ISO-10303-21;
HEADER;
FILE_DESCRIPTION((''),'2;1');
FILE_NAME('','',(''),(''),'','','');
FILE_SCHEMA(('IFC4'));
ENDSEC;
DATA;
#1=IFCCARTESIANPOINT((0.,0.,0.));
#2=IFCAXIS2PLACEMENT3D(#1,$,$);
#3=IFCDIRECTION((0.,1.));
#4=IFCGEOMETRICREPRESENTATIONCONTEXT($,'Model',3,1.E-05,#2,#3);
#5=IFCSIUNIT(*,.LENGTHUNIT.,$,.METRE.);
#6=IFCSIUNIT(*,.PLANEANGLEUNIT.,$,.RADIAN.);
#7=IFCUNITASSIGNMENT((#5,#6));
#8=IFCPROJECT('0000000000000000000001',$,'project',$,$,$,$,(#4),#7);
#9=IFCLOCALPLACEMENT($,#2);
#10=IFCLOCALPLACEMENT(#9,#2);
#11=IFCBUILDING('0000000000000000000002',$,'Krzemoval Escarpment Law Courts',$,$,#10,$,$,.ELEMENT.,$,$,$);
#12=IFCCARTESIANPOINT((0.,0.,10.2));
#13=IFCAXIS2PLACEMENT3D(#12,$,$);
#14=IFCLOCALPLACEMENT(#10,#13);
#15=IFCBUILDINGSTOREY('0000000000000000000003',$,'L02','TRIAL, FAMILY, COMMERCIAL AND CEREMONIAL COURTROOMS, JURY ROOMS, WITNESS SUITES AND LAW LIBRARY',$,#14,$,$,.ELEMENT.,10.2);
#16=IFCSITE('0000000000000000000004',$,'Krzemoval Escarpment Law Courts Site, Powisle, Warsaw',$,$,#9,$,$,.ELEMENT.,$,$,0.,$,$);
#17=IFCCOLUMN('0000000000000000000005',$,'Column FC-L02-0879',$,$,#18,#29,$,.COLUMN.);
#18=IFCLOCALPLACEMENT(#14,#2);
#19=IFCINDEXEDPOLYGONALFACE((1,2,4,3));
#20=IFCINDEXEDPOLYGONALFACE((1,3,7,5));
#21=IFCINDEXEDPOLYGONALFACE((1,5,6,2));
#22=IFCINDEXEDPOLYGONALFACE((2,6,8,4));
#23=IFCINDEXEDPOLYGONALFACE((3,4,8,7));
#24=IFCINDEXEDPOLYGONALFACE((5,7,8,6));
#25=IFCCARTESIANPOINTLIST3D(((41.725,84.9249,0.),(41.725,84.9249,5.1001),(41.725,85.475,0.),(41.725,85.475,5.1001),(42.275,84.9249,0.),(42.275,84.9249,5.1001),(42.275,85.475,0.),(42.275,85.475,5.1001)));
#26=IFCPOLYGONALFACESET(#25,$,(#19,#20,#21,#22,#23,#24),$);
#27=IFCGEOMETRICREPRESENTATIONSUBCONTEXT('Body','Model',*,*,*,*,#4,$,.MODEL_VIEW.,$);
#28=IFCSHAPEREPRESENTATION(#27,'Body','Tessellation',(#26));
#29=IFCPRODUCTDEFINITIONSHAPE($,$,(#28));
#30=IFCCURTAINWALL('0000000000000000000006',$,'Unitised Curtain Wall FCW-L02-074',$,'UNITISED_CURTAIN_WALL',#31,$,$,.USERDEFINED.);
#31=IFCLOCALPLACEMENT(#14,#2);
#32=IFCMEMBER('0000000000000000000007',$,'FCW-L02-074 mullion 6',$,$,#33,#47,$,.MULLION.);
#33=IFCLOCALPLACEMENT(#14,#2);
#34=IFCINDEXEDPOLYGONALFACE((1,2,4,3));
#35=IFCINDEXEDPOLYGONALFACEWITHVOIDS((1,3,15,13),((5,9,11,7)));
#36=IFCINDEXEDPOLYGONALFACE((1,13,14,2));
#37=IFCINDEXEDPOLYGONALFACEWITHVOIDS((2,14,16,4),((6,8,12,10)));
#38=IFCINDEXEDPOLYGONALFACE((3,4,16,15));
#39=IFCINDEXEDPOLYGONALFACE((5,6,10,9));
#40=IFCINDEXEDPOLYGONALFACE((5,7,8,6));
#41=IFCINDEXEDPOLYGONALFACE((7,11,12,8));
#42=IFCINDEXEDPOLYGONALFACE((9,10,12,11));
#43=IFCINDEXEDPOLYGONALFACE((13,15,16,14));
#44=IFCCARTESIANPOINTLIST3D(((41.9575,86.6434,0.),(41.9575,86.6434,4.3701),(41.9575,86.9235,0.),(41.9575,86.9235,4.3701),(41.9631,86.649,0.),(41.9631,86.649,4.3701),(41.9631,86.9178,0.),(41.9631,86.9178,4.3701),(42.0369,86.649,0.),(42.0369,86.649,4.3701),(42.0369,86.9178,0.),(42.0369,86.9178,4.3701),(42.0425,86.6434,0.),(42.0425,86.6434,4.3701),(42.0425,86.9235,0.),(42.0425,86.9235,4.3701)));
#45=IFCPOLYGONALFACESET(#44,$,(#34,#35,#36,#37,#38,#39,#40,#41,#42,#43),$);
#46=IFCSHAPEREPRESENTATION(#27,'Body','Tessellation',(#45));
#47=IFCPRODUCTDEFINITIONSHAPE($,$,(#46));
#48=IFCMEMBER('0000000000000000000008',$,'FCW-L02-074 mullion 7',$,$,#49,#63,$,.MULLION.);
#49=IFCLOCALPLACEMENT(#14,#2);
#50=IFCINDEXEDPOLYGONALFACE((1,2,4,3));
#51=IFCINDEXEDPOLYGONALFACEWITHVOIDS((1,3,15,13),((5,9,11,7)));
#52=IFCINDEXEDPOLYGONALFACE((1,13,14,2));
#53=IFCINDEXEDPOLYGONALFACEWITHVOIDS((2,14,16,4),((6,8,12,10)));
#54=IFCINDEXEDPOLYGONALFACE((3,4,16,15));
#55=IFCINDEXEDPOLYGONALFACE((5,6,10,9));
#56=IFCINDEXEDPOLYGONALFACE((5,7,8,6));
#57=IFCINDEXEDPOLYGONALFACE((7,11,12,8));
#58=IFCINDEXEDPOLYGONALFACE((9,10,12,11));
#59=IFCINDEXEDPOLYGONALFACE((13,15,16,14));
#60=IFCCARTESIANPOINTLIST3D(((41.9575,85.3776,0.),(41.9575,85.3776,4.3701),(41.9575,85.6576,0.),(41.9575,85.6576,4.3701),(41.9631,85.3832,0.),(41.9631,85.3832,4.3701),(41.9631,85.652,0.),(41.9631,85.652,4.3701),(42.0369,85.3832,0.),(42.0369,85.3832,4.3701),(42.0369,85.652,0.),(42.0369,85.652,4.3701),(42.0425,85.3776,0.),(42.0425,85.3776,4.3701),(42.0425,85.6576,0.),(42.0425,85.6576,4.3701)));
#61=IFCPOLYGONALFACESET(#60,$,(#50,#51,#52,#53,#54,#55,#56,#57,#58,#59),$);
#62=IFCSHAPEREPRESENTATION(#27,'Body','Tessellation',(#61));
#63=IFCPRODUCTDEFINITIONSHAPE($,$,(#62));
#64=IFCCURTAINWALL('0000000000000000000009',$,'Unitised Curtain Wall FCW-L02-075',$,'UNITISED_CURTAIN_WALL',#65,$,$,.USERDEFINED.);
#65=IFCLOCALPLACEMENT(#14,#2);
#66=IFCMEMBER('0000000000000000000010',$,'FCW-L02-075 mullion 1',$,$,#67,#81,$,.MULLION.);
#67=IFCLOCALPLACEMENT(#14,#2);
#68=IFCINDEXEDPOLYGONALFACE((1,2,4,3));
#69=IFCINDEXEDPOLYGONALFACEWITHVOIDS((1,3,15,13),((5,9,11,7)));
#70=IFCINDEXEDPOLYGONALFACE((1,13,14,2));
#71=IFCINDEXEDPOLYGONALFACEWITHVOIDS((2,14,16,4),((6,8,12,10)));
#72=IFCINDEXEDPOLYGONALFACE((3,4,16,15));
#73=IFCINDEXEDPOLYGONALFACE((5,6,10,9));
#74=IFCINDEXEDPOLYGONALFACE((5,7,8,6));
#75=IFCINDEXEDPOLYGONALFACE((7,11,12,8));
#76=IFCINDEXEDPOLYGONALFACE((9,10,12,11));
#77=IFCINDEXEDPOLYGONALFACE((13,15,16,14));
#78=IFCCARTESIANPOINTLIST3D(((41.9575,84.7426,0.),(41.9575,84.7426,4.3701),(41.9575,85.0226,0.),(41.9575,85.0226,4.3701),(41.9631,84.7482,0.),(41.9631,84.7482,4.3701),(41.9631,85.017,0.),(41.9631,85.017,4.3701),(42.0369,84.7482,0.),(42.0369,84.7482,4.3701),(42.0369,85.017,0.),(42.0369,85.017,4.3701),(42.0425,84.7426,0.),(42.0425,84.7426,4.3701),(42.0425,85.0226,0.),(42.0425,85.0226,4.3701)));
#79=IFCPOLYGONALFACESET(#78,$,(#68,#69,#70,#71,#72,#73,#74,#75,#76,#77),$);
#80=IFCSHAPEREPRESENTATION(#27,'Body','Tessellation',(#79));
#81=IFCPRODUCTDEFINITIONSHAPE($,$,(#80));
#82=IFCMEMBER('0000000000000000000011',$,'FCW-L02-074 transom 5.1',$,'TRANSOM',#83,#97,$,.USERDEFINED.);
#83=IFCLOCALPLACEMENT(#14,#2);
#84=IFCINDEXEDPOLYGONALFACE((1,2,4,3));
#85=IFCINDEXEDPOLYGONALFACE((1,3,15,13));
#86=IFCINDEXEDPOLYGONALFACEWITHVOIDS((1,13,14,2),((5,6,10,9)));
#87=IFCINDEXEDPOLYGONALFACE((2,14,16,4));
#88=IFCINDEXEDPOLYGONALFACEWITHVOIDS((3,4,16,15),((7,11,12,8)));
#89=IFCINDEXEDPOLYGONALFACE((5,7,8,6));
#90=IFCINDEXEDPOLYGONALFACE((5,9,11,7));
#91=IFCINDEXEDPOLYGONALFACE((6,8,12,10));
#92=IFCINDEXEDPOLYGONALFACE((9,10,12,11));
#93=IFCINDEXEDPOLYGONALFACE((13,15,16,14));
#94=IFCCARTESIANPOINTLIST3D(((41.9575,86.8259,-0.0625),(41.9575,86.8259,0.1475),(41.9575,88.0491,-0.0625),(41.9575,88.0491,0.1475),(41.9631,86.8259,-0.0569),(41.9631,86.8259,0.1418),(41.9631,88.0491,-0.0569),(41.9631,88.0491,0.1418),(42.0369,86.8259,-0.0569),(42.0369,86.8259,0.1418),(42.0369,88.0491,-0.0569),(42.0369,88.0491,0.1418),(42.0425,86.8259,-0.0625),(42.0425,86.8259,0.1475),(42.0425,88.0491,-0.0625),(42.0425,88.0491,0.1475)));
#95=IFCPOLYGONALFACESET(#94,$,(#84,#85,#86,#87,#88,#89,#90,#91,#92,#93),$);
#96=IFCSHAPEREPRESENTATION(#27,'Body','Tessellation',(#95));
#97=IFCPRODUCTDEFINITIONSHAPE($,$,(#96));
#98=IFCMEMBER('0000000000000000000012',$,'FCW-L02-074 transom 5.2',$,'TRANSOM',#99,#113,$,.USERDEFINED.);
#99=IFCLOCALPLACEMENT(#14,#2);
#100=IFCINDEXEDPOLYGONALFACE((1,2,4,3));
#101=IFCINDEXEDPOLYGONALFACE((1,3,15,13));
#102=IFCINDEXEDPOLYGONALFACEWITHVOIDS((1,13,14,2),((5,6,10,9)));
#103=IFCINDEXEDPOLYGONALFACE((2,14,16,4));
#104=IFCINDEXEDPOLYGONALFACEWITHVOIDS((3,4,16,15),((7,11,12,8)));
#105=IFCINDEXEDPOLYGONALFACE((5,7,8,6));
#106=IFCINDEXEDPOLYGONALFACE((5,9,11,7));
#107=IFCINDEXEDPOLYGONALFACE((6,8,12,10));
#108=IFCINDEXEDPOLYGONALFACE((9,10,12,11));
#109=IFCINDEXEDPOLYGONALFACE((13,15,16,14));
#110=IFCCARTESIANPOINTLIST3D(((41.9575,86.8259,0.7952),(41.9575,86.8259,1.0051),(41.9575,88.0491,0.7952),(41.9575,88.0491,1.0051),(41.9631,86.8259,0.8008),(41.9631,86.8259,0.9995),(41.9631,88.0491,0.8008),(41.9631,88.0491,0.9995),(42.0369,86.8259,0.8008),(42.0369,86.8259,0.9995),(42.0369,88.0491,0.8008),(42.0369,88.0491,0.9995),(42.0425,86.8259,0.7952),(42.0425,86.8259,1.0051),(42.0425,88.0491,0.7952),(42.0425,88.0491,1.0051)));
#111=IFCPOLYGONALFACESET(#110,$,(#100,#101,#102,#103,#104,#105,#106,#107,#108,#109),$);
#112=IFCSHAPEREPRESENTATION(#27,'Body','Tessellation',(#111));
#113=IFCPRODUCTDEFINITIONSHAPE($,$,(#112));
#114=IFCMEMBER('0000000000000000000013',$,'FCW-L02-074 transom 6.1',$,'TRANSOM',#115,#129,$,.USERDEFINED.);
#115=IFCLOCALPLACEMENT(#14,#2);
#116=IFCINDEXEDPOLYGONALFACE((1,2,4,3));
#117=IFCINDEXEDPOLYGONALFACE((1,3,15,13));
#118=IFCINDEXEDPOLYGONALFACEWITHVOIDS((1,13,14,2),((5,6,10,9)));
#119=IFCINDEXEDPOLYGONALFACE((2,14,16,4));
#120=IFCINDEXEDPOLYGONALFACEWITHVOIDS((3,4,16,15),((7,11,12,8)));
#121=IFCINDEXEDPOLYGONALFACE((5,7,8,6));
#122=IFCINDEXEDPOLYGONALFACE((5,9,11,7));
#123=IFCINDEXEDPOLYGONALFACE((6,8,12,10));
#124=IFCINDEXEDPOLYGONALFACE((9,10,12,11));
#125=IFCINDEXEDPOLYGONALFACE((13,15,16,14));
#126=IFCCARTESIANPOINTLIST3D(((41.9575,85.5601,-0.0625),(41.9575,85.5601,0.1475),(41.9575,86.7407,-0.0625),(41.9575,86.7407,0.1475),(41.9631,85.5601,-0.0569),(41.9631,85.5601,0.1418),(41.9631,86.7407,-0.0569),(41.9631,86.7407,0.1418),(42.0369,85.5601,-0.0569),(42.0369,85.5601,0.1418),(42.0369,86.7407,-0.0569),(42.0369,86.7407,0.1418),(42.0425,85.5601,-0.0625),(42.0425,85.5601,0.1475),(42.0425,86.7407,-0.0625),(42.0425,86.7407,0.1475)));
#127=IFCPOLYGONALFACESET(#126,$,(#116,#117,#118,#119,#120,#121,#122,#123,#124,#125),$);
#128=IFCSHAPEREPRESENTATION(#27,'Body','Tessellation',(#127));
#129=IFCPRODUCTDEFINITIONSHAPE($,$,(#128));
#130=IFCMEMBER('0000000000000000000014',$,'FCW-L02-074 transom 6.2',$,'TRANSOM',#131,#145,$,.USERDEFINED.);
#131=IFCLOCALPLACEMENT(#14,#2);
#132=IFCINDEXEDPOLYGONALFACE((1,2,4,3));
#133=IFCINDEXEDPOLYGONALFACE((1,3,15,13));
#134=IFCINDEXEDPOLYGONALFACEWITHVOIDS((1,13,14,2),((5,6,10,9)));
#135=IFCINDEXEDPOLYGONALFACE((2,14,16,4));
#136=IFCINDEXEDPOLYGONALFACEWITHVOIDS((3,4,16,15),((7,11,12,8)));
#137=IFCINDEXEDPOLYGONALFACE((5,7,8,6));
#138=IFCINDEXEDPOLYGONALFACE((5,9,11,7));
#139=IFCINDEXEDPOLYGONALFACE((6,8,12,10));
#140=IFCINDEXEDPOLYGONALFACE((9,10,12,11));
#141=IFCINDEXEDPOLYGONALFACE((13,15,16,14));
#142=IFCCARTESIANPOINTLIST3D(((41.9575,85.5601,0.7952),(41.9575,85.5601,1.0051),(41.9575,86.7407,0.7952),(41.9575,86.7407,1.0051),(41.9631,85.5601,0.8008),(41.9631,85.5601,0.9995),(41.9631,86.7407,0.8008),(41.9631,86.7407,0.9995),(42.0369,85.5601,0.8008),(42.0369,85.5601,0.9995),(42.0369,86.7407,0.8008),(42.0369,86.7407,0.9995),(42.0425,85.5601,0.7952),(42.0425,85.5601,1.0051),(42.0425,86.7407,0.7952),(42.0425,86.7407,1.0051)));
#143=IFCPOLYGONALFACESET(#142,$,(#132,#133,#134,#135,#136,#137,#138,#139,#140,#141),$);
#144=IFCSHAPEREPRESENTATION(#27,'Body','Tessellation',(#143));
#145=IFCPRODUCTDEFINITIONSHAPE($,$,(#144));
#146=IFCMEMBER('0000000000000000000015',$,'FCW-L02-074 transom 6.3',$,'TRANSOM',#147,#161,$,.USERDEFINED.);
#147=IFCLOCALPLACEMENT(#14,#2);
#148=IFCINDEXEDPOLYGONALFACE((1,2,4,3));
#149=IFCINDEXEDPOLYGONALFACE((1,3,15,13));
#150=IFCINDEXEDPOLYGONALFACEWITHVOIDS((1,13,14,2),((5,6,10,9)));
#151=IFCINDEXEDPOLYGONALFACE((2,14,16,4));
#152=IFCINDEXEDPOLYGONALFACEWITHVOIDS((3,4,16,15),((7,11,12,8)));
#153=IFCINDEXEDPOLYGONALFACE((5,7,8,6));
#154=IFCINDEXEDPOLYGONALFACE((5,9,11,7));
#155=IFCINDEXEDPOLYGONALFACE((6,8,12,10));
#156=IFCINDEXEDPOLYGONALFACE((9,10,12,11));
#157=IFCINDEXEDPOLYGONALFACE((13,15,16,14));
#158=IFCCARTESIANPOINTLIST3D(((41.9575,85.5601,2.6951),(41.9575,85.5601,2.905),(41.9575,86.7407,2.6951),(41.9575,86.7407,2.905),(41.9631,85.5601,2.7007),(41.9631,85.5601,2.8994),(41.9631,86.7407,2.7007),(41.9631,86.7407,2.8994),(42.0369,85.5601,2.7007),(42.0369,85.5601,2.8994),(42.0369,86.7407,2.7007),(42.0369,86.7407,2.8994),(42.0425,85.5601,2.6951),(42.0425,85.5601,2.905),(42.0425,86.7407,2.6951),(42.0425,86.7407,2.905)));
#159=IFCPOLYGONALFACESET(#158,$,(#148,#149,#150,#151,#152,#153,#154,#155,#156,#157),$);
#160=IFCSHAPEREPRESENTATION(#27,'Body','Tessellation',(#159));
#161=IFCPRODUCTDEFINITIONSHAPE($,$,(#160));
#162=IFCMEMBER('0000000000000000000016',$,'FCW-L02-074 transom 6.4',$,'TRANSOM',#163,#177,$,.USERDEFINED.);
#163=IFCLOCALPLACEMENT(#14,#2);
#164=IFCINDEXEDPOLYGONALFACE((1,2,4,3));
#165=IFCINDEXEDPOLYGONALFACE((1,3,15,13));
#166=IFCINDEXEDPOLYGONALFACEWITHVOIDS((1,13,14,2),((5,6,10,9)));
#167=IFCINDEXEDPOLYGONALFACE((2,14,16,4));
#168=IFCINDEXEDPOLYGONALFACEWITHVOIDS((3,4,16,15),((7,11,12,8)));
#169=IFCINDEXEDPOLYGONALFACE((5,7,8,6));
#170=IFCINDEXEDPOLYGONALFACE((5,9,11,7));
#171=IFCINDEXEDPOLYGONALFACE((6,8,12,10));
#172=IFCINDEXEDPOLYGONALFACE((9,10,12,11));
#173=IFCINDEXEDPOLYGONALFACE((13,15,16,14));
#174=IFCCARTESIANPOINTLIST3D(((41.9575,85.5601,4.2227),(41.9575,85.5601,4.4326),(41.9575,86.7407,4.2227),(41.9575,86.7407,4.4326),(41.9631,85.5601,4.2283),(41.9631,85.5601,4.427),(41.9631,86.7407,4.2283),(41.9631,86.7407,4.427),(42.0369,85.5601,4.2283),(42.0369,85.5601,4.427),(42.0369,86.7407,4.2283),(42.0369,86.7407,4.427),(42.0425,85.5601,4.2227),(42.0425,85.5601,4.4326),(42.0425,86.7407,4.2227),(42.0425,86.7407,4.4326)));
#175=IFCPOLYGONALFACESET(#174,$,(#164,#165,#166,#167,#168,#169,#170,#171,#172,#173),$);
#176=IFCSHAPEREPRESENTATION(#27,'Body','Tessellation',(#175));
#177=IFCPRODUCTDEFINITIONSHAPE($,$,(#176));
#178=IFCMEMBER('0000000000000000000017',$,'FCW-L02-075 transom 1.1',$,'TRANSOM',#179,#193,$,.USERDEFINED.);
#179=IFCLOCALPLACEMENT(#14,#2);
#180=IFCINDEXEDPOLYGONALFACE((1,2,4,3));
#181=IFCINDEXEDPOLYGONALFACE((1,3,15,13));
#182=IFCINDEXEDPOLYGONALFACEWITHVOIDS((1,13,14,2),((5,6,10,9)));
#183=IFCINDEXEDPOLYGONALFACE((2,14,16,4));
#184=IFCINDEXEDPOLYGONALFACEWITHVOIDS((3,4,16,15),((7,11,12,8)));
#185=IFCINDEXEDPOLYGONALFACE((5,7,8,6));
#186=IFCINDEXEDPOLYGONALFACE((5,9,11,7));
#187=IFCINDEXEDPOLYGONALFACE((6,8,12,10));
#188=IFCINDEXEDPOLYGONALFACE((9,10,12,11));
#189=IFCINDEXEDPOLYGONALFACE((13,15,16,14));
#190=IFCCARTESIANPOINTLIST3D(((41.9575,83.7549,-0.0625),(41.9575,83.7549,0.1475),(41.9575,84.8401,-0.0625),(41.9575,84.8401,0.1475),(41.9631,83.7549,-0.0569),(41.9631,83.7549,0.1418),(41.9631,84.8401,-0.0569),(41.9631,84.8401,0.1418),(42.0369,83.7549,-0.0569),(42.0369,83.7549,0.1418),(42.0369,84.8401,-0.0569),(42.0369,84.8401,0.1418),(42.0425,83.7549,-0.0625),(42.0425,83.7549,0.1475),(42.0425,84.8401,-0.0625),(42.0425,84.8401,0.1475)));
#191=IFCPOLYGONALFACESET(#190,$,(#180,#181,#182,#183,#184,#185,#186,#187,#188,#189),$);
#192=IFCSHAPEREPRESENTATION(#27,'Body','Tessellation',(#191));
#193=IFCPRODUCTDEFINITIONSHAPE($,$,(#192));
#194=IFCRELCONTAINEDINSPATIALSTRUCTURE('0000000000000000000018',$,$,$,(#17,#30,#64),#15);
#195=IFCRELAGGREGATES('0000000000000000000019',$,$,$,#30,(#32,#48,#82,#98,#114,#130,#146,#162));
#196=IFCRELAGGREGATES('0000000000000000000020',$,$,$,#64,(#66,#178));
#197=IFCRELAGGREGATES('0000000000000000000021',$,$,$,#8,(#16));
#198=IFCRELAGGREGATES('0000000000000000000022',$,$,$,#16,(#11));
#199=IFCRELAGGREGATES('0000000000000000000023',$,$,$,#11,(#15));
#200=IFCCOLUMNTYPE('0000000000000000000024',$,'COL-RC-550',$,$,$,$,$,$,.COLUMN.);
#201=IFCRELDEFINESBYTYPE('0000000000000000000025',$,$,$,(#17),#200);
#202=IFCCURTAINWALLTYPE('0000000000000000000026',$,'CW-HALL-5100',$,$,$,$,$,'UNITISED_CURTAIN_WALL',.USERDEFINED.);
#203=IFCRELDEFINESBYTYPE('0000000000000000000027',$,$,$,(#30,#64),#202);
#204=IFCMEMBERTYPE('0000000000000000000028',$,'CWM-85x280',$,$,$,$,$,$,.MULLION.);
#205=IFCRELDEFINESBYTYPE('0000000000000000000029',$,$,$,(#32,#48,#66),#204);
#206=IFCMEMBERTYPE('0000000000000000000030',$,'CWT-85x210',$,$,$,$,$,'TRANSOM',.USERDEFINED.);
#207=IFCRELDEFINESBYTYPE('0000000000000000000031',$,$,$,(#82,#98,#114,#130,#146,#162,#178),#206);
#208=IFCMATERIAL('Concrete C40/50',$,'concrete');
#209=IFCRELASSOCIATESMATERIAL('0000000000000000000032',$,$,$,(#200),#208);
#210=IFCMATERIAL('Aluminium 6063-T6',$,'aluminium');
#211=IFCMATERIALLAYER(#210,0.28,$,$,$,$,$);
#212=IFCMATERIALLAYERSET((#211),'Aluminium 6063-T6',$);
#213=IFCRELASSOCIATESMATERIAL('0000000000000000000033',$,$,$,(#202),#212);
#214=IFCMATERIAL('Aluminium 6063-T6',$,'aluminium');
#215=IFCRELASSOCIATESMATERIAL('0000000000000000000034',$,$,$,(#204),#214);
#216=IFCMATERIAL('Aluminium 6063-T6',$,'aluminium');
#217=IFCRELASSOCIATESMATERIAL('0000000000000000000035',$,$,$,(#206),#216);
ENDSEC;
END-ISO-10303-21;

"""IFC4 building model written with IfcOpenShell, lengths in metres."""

from ifc_helpers import new_model, si_unit, direction, frame, origin, origin_2d, place, context, subcontext, project, spatial, rectangle, hollow_rectangle, extrude, material, layer, layer_set, material_profile, profile_set, type_object, element, aggregate, save


model = new_model("IFC4")

# Units and contexts
model_context = context("Model", 3, precision=1e-05, world=origin(), true_north=direction((0.0, 1.0)))
body_context = subcontext(model_context, "Body", "Model", "MODEL_VIEW")
ifc_project = project(units=[si_unit("LENGTHUNIT", "METRE"), si_unit("PLANEANGLEUNIT", "RADIAN")], contexts=[model_context])

# Site, building, storey
site_placement = place(None, origin())
site = spatial("IfcSite", under=ifc_project, at=site_placement, Name="Krzemoval Escarpment Law Courts Site, Powisle, Warsaw", CompositionType="ELEMENT", RefElevation=0.0)
building_placement = place(site_placement, origin())
building = spatial("IfcBuilding", under=site, at=building_placement, Name="Krzemoval Escarpment Law Courts", CompositionType="ELEMENT")
storey_placement = place(building_placement, frame((0.0, 0.0, 10.2)))
storey = spatial("IfcBuildingStorey", under=building, at=storey_placement, Name="L02", Description="TRIAL, FAMILY, COMMERCIAL AND CEREMONIAL COURTROOMS, JURY ROOMS, WITNESS SUITES AND LAW LIBRARY", CompositionType="ELEMENT", Elevation=10.2)

# Column
ifc_material_1 = material(Name="Concrete C40/50", Category="concrete")
ifc_material_profile_1 = material_profile(ifc_material_1, rectangle(XDim=0.55, YDim=0.55, at=origin_2d()), Name="RC 550x550")
ifc_profile_set_1 = profile_set([ifc_material_profile_1], Name="Concrete C40/50")
column_type = type_object("IfcColumnType", Name="COL-RC-550", PredefinedType="COLUMN", material=ifc_profile_set_1)
column_placement = place(storey_placement, frame((42.0, 85.2, 0.0), z_axis=(0.0, 0.0, 1.0), x_axis=(1.0, 0.0, 0.0)))
element("IfcColumn", 1, at=column_placement, inside=storey, type_object=column_type, Name="Column FC-L02-0879", PredefinedType="COLUMN", context=body_context, shape_type="SweptSolid", body=[
    extrude(rectangle(XDim=0.55, YDim=0.55, at=origin_2d()), origin(), (0.0, 0.0, 1.0), 5.1001),
])

# Curtain wall, members
ifc_material_2 = material(Name="Aluminium 6063-T6", Category="aluminium")
ifc_layer_1 = layer(ifc_material_2, 0.28)
ifc_layer_set_1 = layer_set([ifc_layer_1], Name="Aluminium 6063-T6")
curtain_wall_type = type_object("IfcCurtainWallType", Name="CW-HALL-5100", ElementType="UNITISED_CURTAIN_WALL", PredefinedType="USERDEFINED", material=ifc_layer_set_1)
curtain_wall_1_placement = place(storey_placement, origin())
curtain_wall_1 = element("IfcCurtainWall", 2, at=curtain_wall_1_placement, inside=storey, type_object=curtain_wall_type, Name="Unitised Curtain Wall FCW-L02-074", ObjectType="UNITISED_CURTAIN_WALL", PredefinedType="USERDEFINED")
ifc_material_3 = material(Name="Aluminium 6063-T6", Category="aluminium")
ifc_material_profile_2 = material_profile(ifc_material_3, hollow_rectangle(XDim=0.085, YDim=0.28, WallThickness=0.0056, at=origin_2d()), Name="ALU M85x280")
ifc_profile_set_2 = profile_set([ifc_material_profile_2], Name="Aluminium 6063-T6")
member_type_1 = type_object("IfcMemberType", Name="CWM-85x280", PredefinedType="MULLION", material=ifc_profile_set_2)
member_1_placement = place(storey_placement, frame((42.0, 86.7834, 0.0), z_axis=(0.0, 0.0, 1.0), x_axis=(1.0, 0.0, 0.0)))
member_1 = element("IfcMember", 3, at=member_1_placement, type_object=member_type_1, Name="FCW-L02-074 mullion 6", PredefinedType="MULLION", context=body_context, shape_type="SweptSolid", body=[
    extrude(hollow_rectangle(XDim=0.085, YDim=0.28, WallThickness=0.0056, at=origin_2d()), origin(), (0.0, 0.0, 1.0), 4.3701),
])
member_2_placement = place(storey_placement, frame((42.0, 85.5176, 0.0), z_axis=(0.0, 0.0, 1.0), x_axis=(1.0, 0.0, 0.0)))
member_2 = element("IfcMember", 4, at=member_2_placement, type_object=member_type_1, Name="FCW-L02-074 mullion 7", PredefinedType="MULLION", context=body_context, shape_type="SweptSolid", body=[
    extrude(hollow_rectangle(XDim=0.085, YDim=0.28, WallThickness=0.0056, at=origin_2d()), origin(), (0.0, 0.0, 1.0), 4.3701),
])

# Curtain wall, member
curtain_wall_2_placement = place(storey_placement, origin())
curtain_wall_2 = element("IfcCurtainWall", 5, at=curtain_wall_2_placement, inside=storey, type_object=curtain_wall_type, Name="Unitised Curtain Wall FCW-L02-075", ObjectType="UNITISED_CURTAIN_WALL", PredefinedType="USERDEFINED")
member_3_placement = place(storey_placement, frame((42.0, 84.8826, 0.0), z_axis=(0.0, 0.0, 1.0), x_axis=(1.0, 0.0, 0.0)))
member_3 = element("IfcMember", 6, at=member_3_placement, type_object=member_type_1, Name="FCW-L02-075 mullion 1", PredefinedType="MULLION", context=body_context, shape_type="SweptSolid", body=[
    extrude(hollow_rectangle(XDim=0.085, YDim=0.28, WallThickness=0.0056, at=origin_2d()), origin(), (0.0, 0.0, 1.0), 4.3701),
])

# Members
ifc_material_4 = material(Name="Aluminium 6063-T6", Category="aluminium")
ifc_material_profile_3 = material_profile(ifc_material_4, hollow_rectangle(XDim=0.085, YDim=0.21, WallThickness=0.0056, at=origin_2d()), Name="ALU T85x210")
ifc_profile_set_3 = profile_set([ifc_material_profile_3], Name="Aluminium 6063-T6")
member_type_2 = type_object("IfcMemberType", Name="CWT-85x210", ElementType="TRANSOM", PredefinedType="USERDEFINED", material=ifc_profile_set_3)
member_4_placement = place(storey_placement, frame((42.0, 88.0491, 0.0425), z_axis=(0.0, -1.0, 0.0), x_axis=(1.0, 0.0, 0.0)))
member_4 = element("IfcMember", 7, at=member_4_placement, type_object=member_type_2, Name="FCW-L02-074 transom 5.1", ObjectType="TRANSOM", PredefinedType="USERDEFINED", context=body_context, shape_type="SweptSolid", body=[
    extrude(hollow_rectangle(XDim=0.085, YDim=0.21, WallThickness=0.0056, at=origin_2d()), origin(), (0.0, 0.0, 1.0), 1.2231),
])
member_5_placement = place(storey_placement, frame((42.0, 88.0491, 0.9001), z_axis=(0.0, -1.0, 0.0), x_axis=(1.0, 0.0, 0.0)))
member_5 = element("IfcMember", 8, at=member_5_placement, type_object=member_type_2, Name="FCW-L02-074 transom 5.2", ObjectType="TRANSOM", PredefinedType="USERDEFINED", context=body_context, shape_type="SweptSolid", body=[
    extrude(hollow_rectangle(XDim=0.085, YDim=0.21, WallThickness=0.0056, at=origin_2d()), origin(), (0.0, 0.0, 1.0), 1.2231),
])
member_6_placement = place(storey_placement, frame((42.0, 86.7407, 0.0425), z_axis=(0.0, -1.0, 0.0), x_axis=(1.0, 0.0, 0.0)))
member_6 = element("IfcMember", 9, at=member_6_placement, type_object=member_type_2, Name="FCW-L02-074 transom 6.1", ObjectType="TRANSOM", PredefinedType="USERDEFINED", context=body_context, shape_type="SweptSolid", body=[
    extrude(hollow_rectangle(XDim=0.085, YDim=0.21, WallThickness=0.0056, at=origin_2d()), origin(), (0.0, 0.0, 1.0), 1.1807),
])
member_7_placement = place(storey_placement, frame((42.0, 86.7407, 0.9001), z_axis=(0.0, -1.0, 0.0), x_axis=(1.0, 0.0, 0.0)))
member_7 = element("IfcMember", 10, at=member_7_placement, type_object=member_type_2, Name="FCW-L02-074 transom 6.2", ObjectType="TRANSOM", PredefinedType="USERDEFINED", context=body_context, shape_type="SweptSolid", body=[
    extrude(hollow_rectangle(XDim=0.085, YDim=0.21, WallThickness=0.0056, at=origin_2d()), origin(), (0.0, 0.0, 1.0), 1.1807),
])
member_8_placement = place(storey_placement, frame((42.0, 86.7407, 2.8), z_axis=(0.0, -1.0, 0.0), x_axis=(1.0, 0.0, 0.0)))
member_8 = element("IfcMember", 11, at=member_8_placement, type_object=member_type_2, Name="FCW-L02-074 transom 6.3", ObjectType="TRANSOM", PredefinedType="USERDEFINED", context=body_context, shape_type="SweptSolid", body=[
    extrude(hollow_rectangle(XDim=0.085, YDim=0.21, WallThickness=0.0056, at=origin_2d()), origin(), (0.0, 0.0, 1.0), 1.1807),
])
member_9_placement = place(storey_placement, frame((42.0, 86.7407, 4.3276), z_axis=(0.0, -1.0, 0.0), x_axis=(1.0, 0.0, 0.0)))
member_9 = element("IfcMember", 12, at=member_9_placement, type_object=member_type_2, Name="FCW-L02-074 transom 6.4", ObjectType="TRANSOM", PredefinedType="USERDEFINED", context=body_context, shape_type="SweptSolid", body=[
    extrude(hollow_rectangle(XDim=0.085, YDim=0.21, WallThickness=0.0056, at=origin_2d()), origin(), (0.0, 0.0, 1.0), 1.1807),
])
member_10_placement = place(storey_placement, frame((42.0, 84.8401, 0.0425), z_axis=(0.0, -1.0, 0.0), x_axis=(1.0, 0.0, 0.0)))
member_10 = element("IfcMember", 13, at=member_10_placement, type_object=member_type_2, Name="FCW-L02-075 transom 1.1", ObjectType="TRANSOM", PredefinedType="USERDEFINED", context=body_context, shape_type="SweptSolid", body=[
    extrude(hollow_rectangle(XDim=0.085, YDim=0.21, WallThickness=0.0056, at=origin_2d()), origin(), (0.0, 0.0, 1.0), 1.0852),
])

aggregate(curtain_wall_1, [member_1, member_2, member_4, member_5, member_6, member_7, member_8, member_9])
aggregate(curtain_wall_2, [member_3, member_10])

save(model, "model.ifc")
